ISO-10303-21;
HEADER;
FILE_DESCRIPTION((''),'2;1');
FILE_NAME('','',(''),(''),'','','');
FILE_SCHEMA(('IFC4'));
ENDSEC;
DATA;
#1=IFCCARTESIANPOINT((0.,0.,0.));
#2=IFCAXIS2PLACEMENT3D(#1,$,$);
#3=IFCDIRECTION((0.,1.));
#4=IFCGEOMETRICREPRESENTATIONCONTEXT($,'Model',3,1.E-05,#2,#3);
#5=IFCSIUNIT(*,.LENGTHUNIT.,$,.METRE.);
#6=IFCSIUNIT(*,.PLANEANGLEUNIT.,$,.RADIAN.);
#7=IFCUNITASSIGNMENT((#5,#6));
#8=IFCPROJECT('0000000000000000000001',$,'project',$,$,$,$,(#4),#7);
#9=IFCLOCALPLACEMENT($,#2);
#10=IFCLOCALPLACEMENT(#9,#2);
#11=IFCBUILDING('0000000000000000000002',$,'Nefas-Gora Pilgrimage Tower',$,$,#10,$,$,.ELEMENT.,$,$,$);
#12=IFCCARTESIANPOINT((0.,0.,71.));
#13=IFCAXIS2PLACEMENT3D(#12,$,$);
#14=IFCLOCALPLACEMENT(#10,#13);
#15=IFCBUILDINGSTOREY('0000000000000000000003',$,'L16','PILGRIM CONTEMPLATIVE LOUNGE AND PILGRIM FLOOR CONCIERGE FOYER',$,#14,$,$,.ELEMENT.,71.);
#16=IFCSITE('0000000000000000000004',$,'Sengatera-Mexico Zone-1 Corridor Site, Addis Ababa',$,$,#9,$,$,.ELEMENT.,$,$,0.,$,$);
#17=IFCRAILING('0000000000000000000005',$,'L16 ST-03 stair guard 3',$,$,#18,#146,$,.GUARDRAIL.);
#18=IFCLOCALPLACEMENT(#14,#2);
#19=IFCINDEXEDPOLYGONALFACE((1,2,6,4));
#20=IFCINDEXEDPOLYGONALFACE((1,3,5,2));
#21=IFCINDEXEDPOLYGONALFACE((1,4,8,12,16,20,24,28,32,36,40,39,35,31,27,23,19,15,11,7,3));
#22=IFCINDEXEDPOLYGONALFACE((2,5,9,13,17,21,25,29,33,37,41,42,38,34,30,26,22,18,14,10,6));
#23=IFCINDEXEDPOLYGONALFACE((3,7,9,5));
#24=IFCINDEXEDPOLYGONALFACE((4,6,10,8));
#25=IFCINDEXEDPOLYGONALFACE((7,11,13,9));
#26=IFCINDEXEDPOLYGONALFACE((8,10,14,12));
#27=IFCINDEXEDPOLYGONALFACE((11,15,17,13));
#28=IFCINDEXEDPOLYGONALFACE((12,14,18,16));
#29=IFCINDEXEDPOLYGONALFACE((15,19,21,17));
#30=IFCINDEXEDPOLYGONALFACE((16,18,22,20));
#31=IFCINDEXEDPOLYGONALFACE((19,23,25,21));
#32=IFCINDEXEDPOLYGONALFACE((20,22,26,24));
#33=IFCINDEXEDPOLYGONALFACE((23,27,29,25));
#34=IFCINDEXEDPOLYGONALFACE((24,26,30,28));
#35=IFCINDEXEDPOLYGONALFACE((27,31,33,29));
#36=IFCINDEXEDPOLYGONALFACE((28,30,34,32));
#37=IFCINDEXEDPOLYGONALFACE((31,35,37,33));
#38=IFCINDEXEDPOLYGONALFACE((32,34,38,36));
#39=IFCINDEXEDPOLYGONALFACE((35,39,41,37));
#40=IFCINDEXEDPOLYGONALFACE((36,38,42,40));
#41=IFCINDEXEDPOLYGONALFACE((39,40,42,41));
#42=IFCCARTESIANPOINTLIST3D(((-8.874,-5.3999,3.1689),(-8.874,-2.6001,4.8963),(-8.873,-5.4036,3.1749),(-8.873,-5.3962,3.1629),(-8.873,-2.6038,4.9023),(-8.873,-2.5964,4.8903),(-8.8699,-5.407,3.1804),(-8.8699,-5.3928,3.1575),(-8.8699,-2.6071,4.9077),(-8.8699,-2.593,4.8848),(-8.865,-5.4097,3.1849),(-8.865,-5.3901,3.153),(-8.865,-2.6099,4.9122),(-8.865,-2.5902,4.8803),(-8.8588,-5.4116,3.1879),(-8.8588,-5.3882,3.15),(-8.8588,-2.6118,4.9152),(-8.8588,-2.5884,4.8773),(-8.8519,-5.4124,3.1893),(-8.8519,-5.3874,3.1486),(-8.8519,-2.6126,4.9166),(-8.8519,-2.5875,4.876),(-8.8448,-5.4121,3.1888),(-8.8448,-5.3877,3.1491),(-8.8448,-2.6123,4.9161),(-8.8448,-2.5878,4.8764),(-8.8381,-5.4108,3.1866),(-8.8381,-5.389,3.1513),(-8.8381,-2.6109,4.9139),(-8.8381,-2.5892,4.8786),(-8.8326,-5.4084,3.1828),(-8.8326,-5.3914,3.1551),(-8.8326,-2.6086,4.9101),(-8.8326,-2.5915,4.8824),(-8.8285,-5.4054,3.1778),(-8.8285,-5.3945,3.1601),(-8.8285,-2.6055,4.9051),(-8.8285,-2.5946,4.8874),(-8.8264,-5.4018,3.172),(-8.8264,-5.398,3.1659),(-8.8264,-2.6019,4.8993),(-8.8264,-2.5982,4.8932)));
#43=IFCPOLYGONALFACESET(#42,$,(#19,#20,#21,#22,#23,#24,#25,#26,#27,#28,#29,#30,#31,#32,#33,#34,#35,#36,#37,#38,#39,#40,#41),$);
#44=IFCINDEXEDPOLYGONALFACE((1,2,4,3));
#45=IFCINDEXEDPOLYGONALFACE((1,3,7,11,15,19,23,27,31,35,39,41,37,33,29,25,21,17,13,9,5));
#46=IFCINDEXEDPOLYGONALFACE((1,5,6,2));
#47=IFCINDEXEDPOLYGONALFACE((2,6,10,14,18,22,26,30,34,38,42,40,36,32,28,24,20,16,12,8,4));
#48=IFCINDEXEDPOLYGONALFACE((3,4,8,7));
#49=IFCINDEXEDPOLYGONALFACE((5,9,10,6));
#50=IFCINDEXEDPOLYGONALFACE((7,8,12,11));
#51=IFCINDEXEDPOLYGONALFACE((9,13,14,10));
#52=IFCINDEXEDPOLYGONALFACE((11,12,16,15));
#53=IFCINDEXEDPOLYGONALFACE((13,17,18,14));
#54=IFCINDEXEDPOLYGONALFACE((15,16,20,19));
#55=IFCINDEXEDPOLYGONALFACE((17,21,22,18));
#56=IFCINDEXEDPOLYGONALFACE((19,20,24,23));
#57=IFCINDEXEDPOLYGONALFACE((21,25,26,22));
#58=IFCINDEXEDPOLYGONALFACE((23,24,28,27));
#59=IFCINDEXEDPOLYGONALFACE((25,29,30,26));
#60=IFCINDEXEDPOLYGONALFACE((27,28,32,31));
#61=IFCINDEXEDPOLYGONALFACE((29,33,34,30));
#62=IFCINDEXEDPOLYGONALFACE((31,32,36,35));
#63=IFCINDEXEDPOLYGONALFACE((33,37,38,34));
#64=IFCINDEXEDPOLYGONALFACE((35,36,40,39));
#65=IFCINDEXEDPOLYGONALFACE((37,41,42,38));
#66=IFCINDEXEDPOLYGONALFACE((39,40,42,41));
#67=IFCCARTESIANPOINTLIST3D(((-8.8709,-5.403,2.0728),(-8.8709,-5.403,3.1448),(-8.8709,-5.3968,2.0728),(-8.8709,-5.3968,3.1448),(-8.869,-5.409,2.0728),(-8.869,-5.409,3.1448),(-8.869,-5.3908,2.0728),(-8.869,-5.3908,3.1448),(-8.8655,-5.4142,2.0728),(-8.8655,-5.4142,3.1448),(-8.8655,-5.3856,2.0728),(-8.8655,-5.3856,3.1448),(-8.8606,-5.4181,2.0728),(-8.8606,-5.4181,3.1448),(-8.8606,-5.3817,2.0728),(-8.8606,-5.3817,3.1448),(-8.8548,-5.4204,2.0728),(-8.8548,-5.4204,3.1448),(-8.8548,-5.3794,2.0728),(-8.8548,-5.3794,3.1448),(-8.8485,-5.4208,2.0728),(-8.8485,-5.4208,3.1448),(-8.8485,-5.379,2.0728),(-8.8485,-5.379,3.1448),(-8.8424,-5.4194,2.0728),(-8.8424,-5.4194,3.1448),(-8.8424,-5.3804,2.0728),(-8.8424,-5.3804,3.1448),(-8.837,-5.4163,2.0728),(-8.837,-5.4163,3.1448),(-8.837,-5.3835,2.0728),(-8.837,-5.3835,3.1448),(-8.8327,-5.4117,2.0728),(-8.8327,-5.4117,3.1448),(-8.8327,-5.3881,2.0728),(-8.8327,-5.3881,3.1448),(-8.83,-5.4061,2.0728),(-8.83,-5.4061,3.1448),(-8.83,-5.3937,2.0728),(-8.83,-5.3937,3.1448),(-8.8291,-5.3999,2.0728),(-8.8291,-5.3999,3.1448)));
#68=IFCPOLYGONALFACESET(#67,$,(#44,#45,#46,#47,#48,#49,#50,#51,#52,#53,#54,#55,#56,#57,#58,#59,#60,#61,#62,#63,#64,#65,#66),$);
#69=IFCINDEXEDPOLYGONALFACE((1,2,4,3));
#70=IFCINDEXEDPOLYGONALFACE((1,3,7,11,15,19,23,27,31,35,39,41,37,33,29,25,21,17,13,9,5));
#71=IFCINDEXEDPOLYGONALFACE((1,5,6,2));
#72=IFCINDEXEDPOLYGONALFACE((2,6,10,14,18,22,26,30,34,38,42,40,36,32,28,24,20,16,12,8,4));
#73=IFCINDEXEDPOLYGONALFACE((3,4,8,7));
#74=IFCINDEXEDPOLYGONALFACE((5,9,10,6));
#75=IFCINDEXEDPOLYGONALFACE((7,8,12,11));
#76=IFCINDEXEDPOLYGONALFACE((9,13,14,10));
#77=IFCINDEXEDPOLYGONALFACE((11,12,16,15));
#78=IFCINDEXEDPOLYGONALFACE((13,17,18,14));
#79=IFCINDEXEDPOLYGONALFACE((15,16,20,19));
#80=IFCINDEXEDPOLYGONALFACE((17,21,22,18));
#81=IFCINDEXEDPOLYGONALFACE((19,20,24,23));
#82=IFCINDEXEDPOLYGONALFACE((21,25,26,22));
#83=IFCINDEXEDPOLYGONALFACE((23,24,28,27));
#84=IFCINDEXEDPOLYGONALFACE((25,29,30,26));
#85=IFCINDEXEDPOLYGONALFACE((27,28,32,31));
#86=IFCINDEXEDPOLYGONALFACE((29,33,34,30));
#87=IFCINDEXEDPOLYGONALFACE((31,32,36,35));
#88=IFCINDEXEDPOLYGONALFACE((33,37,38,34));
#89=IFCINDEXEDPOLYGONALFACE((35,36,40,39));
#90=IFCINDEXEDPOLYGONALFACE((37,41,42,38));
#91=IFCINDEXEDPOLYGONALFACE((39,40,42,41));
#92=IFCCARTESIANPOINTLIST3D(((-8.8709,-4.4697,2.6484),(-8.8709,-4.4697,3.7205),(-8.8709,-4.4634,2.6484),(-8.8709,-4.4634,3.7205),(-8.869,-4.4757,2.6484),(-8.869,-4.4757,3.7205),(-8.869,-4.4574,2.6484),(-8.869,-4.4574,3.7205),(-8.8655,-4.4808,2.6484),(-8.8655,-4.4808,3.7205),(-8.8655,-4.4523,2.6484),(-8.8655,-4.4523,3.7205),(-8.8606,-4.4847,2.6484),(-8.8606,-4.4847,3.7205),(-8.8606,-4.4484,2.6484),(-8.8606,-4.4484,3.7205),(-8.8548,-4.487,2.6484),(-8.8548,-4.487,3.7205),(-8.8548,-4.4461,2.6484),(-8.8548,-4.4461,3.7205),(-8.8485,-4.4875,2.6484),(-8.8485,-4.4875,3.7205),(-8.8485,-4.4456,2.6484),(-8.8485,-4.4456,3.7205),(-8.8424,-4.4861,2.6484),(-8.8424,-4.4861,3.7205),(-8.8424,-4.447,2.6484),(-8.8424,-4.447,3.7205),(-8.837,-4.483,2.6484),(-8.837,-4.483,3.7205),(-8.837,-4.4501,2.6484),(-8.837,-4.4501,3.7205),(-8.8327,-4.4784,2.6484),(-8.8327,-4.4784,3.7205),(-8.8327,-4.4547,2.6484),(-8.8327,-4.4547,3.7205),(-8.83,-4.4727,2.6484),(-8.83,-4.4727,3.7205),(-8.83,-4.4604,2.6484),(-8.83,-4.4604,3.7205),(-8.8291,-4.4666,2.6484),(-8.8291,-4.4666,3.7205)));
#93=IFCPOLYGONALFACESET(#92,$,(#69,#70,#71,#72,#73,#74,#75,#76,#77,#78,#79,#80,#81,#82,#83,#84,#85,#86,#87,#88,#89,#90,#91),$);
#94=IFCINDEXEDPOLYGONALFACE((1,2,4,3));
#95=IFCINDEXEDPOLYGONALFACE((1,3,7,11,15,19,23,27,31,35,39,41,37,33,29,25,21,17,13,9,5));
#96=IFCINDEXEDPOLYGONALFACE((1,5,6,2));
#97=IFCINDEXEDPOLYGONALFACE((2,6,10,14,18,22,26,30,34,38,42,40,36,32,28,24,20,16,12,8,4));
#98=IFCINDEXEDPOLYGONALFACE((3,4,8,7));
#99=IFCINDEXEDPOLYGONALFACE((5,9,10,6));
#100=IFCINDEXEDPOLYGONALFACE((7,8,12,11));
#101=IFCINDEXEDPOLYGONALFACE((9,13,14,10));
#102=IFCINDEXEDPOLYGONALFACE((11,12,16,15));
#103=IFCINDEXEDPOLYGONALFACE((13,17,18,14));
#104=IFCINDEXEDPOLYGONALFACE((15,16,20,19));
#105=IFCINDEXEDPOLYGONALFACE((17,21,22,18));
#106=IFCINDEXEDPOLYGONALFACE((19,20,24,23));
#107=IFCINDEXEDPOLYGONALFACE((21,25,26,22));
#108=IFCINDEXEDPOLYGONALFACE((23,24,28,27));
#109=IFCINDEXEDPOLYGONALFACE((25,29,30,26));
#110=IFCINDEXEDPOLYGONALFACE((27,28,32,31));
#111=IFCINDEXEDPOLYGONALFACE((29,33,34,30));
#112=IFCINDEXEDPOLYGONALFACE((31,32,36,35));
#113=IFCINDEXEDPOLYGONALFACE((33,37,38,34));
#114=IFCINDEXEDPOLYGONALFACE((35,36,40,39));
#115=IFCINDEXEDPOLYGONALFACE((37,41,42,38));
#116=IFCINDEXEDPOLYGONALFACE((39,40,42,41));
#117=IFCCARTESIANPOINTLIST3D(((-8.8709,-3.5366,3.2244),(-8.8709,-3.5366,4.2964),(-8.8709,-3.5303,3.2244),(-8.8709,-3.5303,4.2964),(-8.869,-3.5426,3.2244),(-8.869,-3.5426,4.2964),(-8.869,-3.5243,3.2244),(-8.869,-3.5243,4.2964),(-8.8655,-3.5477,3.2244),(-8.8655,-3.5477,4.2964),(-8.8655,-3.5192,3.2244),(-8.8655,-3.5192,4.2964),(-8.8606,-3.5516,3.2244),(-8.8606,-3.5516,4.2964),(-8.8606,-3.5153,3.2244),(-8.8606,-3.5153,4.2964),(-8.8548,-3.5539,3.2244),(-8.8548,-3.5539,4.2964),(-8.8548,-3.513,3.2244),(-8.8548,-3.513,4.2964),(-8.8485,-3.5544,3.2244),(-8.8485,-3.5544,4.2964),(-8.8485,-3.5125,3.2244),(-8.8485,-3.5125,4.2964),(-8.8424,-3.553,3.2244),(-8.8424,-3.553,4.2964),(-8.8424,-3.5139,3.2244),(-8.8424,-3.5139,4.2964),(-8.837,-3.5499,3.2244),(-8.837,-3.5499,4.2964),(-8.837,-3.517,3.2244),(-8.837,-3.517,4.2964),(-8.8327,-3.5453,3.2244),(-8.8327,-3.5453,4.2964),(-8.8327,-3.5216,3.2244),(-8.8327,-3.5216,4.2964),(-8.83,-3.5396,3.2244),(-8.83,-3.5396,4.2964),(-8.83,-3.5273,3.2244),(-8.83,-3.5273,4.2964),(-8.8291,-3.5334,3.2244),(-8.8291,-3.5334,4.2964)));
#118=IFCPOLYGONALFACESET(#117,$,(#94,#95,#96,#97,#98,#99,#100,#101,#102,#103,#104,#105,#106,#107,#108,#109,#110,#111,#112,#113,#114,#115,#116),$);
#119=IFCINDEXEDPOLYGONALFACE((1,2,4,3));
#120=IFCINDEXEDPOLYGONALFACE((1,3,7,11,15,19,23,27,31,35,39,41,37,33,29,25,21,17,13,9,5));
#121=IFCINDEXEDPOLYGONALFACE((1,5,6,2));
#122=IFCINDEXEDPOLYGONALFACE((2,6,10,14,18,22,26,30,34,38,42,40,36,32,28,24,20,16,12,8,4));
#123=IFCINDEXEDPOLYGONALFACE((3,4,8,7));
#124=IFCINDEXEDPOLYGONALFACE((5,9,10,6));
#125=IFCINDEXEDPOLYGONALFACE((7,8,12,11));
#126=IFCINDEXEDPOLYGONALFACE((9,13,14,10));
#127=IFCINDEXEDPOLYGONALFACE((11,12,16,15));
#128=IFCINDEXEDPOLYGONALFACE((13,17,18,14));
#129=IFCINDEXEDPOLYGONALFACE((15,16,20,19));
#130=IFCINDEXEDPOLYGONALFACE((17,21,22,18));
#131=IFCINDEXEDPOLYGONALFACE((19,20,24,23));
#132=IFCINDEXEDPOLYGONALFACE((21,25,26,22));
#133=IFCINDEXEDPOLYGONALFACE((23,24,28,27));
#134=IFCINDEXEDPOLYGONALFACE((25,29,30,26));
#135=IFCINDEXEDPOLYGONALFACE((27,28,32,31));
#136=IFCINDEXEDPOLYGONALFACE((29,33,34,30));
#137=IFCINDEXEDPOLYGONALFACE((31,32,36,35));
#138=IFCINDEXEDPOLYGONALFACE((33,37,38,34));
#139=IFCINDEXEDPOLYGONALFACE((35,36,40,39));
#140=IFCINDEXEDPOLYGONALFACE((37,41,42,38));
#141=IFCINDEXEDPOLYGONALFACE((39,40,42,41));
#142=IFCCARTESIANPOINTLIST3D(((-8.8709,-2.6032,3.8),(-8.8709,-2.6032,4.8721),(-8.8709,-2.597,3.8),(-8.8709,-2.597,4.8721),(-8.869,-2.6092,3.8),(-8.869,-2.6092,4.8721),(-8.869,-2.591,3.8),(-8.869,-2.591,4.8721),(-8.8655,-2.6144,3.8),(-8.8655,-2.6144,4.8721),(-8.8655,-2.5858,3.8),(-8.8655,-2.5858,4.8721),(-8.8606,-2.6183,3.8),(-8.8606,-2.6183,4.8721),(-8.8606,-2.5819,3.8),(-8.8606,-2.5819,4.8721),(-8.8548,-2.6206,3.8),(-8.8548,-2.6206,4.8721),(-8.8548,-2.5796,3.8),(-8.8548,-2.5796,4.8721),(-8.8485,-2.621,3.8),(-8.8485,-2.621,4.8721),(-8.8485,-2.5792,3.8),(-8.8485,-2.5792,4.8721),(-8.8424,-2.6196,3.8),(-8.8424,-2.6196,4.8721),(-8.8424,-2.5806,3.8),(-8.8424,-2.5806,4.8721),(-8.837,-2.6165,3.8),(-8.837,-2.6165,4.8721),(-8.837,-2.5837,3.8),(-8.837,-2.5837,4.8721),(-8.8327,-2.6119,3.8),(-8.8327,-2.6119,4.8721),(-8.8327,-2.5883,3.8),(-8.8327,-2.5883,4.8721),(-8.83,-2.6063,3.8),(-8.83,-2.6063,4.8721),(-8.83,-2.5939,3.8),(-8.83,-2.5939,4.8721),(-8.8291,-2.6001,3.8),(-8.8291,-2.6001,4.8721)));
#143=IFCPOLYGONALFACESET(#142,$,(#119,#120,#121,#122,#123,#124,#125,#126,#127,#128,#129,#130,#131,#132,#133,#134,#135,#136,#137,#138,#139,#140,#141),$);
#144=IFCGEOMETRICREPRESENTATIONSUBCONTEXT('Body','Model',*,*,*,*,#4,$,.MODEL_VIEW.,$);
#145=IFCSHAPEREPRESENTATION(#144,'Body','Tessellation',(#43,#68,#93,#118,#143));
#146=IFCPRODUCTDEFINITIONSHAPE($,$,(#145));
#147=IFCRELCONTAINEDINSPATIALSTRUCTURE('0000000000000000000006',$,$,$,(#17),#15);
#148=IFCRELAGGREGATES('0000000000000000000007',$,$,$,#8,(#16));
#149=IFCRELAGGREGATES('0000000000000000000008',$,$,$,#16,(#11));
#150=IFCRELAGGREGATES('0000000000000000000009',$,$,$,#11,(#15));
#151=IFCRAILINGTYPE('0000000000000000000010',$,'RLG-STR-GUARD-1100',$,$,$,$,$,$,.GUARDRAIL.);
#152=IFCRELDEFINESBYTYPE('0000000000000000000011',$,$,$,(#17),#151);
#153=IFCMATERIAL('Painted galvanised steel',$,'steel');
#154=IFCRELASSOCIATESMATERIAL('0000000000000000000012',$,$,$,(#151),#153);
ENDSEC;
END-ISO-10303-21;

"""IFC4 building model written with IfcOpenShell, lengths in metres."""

from ifc_helpers import new_model, si_unit, direction, frame, origin, origin_2d, place, context, subcontext, project, spatial, circle, extrude, material, type_object, element, save


model = new_model("IFC4")

# Units and contexts
model_context = context("Model", 3, precision=1e-05, world=origin(), true_north=direction((0.0, 1.0)))
body_context = subcontext(model_context, "Body", "Model", "MODEL_VIEW")
ifc_project = project(units=[si_unit("LENGTHUNIT", "METRE"), si_unit("PLANEANGLEUNIT", "RADIAN")], contexts=[model_context])

# Site, building, storey
site_placement = place(None, origin())
site = spatial("IfcSite", under=ifc_project, at=site_placement, Name="Sengatera-Mexico Zone-1 Corridor Site, Addis Ababa", CompositionType="ELEMENT", RefElevation=0.0)
building_placement = place(site_placement, origin())
building = spatial("IfcBuilding", under=site, at=building_placement, Name="Nefas-Gora Pilgrimage Tower", CompositionType="ELEMENT")
storey_placement = place(building_placement, frame((0.0, 0.0, 71.0)))
storey = spatial("IfcBuildingStorey", under=building, at=storey_placement, Name="L16", Description="PILGRIM CONTEMPLATIVE LOUNGE AND PILGRIM FLOOR CONCIERGE FOYER", CompositionType="ELEMENT", Elevation=71.0)

# Railing
ifc_material_1 = material(Name="Painted galvanised steel", Category="steel")
railing_type_1 = type_object("IfcRailingType", Name="RLG-STR-GUARD-1100", PredefinedType="GUARDRAIL", material=ifc_material_1)
railing_1_placement = place(storey_placement, frame((-8.8501, -5.3999, 2.0728)))
element("IfcRailing", 1, at=railing_1_placement, inside=storey, type_object=railing_type_1, Name="L16 ST-03 stair guard 3", PredefinedType="GUARDRAIL", context=body_context, shape_type="SweptSolid", body=[
    extrude(circle(Radius=0.0239, at=origin_2d()), frame((0.0, 0.0, 1.0962), z_axis=(0.0, 0.851069, 0.525054), x_axis=(-1.0, 0.0, 0.0)), (0.0, 0.0, 1.0), 3.2898),
    extrude(circle(Radius=0.021, at=origin_2d()), origin(), (0.0, 0.0, 1.0), 1.072),
    extrude(circle(Radius=0.021, at=origin_2d()), frame((0.0, 0.9333, 0.5757)), (0.0, 0.0, 1.0), 1.072),
    extrude(circle(Radius=0.021, at=origin_2d()), frame((0.0, 1.8665, 1.1516)), (0.0, 0.0, 1.0), 1.072),
    extrude(circle(Radius=0.021, at=origin_2d()), frame((0.0, 2.7998, 1.7273)), (0.0, 0.0, 1.0), 1.072),
])

save(model, "model.ifc")
